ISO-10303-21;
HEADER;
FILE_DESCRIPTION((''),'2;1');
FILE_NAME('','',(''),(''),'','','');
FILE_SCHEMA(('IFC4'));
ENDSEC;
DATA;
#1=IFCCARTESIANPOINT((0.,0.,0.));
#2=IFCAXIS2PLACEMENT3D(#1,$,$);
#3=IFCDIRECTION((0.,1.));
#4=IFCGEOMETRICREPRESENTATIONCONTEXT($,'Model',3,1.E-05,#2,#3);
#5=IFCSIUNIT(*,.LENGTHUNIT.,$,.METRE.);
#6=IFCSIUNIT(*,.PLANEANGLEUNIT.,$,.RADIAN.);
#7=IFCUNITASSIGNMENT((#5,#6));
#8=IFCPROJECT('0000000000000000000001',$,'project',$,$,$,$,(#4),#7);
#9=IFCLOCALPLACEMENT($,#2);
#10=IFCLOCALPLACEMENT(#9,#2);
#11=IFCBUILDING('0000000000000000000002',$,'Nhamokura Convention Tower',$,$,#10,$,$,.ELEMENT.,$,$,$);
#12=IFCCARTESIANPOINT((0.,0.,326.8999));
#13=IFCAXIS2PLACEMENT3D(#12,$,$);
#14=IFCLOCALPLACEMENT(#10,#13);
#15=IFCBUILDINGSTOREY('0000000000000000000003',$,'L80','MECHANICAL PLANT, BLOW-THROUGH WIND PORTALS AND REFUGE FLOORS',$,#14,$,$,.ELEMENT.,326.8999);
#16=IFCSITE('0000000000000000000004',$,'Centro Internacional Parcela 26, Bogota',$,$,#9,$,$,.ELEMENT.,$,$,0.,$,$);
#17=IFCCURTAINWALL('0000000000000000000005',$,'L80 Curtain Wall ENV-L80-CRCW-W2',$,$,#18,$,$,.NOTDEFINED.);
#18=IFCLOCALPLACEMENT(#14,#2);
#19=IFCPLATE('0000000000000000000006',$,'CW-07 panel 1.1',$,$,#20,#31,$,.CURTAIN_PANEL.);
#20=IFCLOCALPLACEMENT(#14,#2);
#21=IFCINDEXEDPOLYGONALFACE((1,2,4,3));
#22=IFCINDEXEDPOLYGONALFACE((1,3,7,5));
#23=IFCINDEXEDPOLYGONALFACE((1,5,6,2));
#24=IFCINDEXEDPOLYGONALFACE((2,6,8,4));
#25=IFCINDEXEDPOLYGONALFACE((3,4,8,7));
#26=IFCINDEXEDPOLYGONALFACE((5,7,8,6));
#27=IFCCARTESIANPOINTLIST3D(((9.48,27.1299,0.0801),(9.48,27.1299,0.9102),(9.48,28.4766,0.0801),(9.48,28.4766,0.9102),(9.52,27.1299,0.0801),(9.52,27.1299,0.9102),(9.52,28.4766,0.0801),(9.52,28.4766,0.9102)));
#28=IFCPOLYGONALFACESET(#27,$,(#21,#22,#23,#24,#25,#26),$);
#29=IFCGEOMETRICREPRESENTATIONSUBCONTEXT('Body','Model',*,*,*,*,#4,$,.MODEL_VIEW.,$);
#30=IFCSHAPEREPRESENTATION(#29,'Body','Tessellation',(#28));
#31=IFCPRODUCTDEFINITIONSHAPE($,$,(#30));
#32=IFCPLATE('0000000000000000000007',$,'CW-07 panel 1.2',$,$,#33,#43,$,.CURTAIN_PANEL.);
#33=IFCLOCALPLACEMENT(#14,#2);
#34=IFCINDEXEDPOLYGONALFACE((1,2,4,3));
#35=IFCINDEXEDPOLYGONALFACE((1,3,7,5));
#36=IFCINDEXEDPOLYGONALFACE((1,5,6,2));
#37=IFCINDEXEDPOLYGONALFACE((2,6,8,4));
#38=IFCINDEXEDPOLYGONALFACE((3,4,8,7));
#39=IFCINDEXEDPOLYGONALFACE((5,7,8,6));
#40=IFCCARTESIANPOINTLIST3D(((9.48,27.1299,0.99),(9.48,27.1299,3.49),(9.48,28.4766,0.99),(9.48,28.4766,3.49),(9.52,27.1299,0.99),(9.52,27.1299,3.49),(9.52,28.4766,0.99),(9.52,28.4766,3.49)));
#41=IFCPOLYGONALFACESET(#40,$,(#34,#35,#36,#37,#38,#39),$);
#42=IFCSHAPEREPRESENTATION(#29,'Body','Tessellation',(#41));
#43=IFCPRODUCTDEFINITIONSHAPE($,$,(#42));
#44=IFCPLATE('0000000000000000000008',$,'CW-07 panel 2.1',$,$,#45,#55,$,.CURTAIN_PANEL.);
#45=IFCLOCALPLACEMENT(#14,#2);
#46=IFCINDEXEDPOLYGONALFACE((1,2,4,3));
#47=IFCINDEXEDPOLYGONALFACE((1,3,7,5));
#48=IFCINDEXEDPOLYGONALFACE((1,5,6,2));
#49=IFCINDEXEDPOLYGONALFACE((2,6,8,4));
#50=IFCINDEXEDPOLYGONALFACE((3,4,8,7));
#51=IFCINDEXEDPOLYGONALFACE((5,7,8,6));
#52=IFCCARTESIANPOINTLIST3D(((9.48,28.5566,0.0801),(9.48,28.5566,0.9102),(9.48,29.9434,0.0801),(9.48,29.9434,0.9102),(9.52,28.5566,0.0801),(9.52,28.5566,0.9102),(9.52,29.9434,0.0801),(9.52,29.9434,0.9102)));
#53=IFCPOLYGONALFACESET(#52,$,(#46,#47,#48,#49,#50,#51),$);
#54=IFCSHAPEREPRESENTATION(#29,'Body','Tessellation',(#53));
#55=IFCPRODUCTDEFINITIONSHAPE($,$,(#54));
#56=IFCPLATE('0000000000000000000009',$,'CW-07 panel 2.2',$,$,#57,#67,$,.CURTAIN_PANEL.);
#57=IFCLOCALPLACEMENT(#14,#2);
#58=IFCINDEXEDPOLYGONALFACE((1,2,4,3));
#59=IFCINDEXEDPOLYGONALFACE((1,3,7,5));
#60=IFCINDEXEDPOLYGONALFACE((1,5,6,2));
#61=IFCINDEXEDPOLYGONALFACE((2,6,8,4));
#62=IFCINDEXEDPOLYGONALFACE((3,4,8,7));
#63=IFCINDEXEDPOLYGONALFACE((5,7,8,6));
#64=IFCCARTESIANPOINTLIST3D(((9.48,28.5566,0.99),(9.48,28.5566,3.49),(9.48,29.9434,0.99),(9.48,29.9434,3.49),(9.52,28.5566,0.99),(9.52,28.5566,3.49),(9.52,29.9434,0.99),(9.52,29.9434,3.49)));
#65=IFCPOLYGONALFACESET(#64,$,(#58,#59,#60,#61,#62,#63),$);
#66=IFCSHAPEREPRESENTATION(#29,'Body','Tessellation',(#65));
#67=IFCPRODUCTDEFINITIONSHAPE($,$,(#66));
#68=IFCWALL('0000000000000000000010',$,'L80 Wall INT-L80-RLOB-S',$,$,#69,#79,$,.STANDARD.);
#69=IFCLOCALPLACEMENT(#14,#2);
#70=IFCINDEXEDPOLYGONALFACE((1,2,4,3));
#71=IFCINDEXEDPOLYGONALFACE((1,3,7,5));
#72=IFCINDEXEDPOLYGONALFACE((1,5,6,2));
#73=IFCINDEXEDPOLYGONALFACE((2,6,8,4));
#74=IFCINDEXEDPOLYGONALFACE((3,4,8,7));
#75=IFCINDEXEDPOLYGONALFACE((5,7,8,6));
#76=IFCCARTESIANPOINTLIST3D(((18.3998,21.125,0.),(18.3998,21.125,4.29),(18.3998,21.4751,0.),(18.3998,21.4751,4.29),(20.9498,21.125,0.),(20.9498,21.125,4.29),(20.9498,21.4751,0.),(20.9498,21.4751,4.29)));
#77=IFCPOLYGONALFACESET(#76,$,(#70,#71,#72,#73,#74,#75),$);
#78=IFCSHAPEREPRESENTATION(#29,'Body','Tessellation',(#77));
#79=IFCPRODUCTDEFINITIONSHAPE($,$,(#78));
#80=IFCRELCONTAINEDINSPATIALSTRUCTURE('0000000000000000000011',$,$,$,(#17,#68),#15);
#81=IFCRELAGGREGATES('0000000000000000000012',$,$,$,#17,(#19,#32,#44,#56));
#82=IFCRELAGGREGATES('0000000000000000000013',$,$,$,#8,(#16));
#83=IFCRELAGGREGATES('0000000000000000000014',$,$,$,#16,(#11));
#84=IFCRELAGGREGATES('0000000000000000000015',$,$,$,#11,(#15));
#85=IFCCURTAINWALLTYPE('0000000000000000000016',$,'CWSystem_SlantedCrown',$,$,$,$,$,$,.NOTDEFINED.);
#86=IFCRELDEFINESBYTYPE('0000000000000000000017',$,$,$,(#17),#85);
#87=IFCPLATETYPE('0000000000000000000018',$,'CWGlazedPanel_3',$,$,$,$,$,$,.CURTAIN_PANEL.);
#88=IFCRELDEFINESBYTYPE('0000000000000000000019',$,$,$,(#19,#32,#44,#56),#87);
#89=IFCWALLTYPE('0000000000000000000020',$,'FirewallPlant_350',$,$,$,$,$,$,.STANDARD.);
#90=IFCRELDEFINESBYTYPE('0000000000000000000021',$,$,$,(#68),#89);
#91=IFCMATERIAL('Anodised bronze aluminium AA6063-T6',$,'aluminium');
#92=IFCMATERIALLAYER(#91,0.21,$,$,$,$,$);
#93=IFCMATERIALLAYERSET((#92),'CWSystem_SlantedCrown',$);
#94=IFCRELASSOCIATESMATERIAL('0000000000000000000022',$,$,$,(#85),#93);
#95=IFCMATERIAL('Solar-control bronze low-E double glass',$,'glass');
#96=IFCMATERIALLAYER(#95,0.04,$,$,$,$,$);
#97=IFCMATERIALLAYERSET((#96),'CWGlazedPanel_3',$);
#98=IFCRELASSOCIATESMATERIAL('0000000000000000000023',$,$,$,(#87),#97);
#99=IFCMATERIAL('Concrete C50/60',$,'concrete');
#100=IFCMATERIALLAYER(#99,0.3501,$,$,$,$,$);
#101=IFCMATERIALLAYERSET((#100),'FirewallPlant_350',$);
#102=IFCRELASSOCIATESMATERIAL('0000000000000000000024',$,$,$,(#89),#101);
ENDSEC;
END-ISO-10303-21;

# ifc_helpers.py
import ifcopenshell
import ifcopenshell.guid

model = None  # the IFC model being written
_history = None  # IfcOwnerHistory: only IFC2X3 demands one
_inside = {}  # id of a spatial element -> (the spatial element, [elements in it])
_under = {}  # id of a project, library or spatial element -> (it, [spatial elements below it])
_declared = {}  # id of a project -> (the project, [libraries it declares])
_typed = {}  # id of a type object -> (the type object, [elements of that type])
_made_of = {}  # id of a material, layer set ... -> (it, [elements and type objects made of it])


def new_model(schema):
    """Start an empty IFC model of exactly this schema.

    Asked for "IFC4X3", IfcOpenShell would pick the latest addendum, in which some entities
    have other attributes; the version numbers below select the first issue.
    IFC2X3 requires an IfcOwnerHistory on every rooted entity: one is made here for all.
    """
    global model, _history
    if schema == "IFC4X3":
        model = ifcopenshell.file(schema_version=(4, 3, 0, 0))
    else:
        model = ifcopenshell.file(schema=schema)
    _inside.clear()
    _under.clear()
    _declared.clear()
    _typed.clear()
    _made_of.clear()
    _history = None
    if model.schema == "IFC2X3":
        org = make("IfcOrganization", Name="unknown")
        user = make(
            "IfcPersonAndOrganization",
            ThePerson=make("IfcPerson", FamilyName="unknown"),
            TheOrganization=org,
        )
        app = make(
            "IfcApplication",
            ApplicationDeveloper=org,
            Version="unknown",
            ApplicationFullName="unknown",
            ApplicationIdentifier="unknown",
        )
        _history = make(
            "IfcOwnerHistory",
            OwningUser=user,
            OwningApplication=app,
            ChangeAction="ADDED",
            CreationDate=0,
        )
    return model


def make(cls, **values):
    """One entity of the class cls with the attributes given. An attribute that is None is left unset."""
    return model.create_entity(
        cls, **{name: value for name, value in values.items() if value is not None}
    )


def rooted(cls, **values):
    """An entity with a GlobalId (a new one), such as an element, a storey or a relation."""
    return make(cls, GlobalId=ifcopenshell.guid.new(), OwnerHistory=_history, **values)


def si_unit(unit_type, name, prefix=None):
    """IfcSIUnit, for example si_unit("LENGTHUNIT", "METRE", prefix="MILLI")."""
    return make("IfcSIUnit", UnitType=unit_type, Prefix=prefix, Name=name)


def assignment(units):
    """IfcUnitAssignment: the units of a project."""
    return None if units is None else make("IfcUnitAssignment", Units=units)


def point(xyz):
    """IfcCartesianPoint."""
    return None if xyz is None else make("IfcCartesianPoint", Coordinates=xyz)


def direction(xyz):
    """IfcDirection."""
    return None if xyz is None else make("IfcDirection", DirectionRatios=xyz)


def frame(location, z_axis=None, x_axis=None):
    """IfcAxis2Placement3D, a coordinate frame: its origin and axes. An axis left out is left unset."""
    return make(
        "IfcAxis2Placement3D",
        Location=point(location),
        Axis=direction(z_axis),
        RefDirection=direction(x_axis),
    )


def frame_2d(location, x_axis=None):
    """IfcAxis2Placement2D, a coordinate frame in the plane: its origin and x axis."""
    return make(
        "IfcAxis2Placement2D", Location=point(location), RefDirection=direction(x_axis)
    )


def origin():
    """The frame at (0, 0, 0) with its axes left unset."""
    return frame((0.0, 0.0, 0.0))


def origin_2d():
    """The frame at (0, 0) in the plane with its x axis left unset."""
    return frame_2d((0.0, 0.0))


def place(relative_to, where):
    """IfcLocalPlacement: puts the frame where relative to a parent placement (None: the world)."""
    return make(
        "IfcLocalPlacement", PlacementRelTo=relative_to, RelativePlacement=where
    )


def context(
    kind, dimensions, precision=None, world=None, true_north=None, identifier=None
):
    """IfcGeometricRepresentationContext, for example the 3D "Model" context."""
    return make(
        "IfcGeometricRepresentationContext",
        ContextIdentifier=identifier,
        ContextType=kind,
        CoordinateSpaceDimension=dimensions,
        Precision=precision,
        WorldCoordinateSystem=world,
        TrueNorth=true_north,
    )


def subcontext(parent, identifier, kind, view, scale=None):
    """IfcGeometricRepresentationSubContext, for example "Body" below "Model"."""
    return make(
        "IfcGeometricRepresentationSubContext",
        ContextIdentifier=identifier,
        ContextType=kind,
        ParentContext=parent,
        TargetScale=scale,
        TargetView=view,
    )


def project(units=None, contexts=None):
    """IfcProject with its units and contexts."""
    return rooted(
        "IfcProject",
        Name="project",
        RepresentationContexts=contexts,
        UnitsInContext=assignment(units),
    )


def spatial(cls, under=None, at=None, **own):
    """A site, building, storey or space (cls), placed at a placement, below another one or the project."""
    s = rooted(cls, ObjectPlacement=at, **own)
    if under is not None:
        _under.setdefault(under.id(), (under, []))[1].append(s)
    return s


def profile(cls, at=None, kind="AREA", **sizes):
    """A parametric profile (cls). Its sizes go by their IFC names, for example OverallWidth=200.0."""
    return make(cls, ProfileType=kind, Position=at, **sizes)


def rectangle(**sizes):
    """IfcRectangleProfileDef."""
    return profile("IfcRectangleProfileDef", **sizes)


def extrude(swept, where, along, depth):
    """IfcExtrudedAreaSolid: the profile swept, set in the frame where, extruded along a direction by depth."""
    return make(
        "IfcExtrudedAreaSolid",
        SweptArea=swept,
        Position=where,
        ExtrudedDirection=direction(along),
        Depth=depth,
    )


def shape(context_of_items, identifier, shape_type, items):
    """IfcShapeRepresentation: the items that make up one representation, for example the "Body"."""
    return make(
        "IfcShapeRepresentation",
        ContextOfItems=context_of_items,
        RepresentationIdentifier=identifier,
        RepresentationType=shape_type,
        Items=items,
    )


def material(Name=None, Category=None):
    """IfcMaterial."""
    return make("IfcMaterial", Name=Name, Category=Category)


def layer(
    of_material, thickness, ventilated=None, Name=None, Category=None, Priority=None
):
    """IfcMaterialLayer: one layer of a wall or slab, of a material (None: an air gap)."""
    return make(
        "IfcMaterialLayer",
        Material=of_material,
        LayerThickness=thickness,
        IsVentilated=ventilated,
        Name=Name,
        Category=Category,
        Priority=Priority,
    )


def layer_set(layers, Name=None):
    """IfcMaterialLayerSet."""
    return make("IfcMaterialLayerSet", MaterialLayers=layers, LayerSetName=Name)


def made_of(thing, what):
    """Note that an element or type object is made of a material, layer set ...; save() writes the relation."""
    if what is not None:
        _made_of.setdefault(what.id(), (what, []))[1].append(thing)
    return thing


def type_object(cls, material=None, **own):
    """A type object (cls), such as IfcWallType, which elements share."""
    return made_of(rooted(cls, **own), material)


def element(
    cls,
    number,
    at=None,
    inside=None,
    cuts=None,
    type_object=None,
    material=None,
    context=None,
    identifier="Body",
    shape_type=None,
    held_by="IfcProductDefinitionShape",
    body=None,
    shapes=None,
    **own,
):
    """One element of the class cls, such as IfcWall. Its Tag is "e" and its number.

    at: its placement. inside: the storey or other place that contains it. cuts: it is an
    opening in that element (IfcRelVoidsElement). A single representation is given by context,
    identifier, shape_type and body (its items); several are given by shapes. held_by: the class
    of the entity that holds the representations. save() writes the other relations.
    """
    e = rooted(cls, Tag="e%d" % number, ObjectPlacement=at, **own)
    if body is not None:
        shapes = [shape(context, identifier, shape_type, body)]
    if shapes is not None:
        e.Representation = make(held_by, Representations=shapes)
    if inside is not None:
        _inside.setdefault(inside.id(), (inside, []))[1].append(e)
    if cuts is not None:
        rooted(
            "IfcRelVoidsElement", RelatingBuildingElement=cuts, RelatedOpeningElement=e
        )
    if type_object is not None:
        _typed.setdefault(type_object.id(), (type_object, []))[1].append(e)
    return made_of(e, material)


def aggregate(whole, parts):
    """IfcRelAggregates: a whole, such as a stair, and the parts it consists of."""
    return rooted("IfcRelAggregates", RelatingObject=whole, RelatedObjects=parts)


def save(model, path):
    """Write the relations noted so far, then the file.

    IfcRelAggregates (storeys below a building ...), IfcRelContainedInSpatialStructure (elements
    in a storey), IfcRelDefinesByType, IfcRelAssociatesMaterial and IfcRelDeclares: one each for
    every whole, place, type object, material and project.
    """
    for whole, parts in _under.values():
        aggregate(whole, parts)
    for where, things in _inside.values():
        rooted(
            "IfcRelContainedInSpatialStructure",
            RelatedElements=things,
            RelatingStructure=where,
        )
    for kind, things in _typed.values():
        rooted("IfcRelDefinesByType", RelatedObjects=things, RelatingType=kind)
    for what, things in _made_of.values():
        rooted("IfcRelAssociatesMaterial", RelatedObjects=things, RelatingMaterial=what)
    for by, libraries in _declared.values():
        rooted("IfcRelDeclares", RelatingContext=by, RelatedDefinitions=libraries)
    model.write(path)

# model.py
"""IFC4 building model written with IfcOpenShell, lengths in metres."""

from ifc_helpers import new_model, si_unit, direction, frame, frame_2d, origin, origin_2d, place, context, subcontext, project, spatial, rectangle, extrude, material, layer, layer_set, type_object, element, aggregate, save


model = new_model("IFC4")

# Units and contexts
model_context = context("Model", 3, precision=1e-05, world=origin(), true_north=direction((0.0, 1.0)))
body_context = subcontext(model_context, "Body", "Model", "MODEL_VIEW")
ifc_project = project(units=[si_unit("LENGTHUNIT", "METRE"), si_unit("PLANEANGLEUNIT", "RADIAN")], contexts=[model_context])

# Site, building, storey
site_placement = place(None, origin())
site = spatial("IfcSite", under=ifc_project, at=site_placement, Name="Centro Internacional Parcela 26, Bogota", CompositionType="ELEMENT", RefElevation=0.0)
building_placement = place(site_placement, origin())
building = spatial("IfcBuilding", under=site, at=building_placement, Name="Nhamokura Convention Tower", CompositionType="ELEMENT")
storey_placement = place(building_placement, frame((0.0, 0.0, 326.8999)))
storey = spatial("IfcBuildingStorey", under=building, at=storey_placement, Name="L80", Description="MECHANICAL PLANT, BLOW-THROUGH WIND PORTALS AND REFUGE FLOORS", CompositionType="ELEMENT", Elevation=326.8999)

# Curtain wall, plates
ifc_material_1 = material(Name="Anodised bronze aluminium AA6063-T6", Category="aluminium")
ifc_layer_1 = layer(ifc_material_1, 0.21)
ifc_layer_set_1 = layer_set([ifc_layer_1], Name="CWSystem_SlantedCrown")
curtain_wall_type = type_object("IfcCurtainWallType", Name="CWSystem_SlantedCrown", PredefinedType="NOTDEFINED", material=ifc_layer_set_1)
curtain_wall_placement = place(storey_placement, origin())
curtain_wall = element("IfcCurtainWall", 1, at=curtain_wall_placement, inside=storey, type_object=curtain_wall_type, Name="L80 Curtain Wall ENV-L80-CRCW-W2", PredefinedType="NOTDEFINED")
ifc_material_2 = material(Name="Solar-control bronze low-E double glass", Category="glass")
ifc_layer_2 = layer(ifc_material_2, 0.04)
ifc_layer_set_2 = layer_set([ifc_layer_2], Name="CWGlazedPanel_3")
plate_type = type_object("IfcPlateType", Name="CWGlazedPanel_3", PredefinedType="CURTAIN_PANEL", material=ifc_layer_set_2)
plate_1_placement = place(storey_placement, frame((9.5, 27.8032, 0.0801), z_axis=(0.0, 0.0, 1.0), x_axis=(0.0, 1.0, 0.0)))
plate_1 = element("IfcPlate", 2, at=plate_1_placement, type_object=plate_type, Name="CW-07 panel 1.1", PredefinedType="CURTAIN_PANEL", context=body_context, shape_type="SweptSolid", body=[
    extrude(rectangle(XDim=1.3467, YDim=0.04, at=origin_2d()), origin(), (0.0, 0.0, 1.0), 0.8301),
])
plate_2_placement = place(storey_placement, frame((9.5, 27.8032, 0.99), z_axis=(0.0, 0.0, 1.0), x_axis=(0.0, 1.0, 0.0)))
plate_2 = element("IfcPlate", 3, at=plate_2_placement, type_object=plate_type, Name="CW-07 panel 1.2", PredefinedType="CURTAIN_PANEL", context=body_context, shape_type="SweptSolid", body=[
    extrude(rectangle(XDim=1.3467, YDim=0.04, at=origin_2d()), origin(), (0.0, 0.0, 1.0), 2.5),
])
plate_3_placement = place(storey_placement, frame((9.5, 29.25, 0.0801), z_axis=(0.0, 0.0, 1.0), x_axis=(0.0, 1.0, 0.0)))
plate_3 = element("IfcPlate", 4, at=plate_3_placement, type_object=plate_type, Name="CW-07 panel 2.1", PredefinedType="CURTAIN_PANEL", context=body_context, shape_type="SweptSolid", body=[
    extrude(rectangle(XDim=1.3867, YDim=0.04, at=origin_2d()), origin(), (0.0, 0.0, 1.0), 0.8301),
])
plate_4_placement = place(storey_placement, frame((9.5, 29.25, 0.99), z_axis=(0.0, 0.0, 1.0), x_axis=(0.0, 1.0, 0.0)))
plate_4 = element("IfcPlate", 5, at=plate_4_placement, type_object=plate_type, Name="CW-07 panel 2.2", PredefinedType="CURTAIN_PANEL", context=body_context, shape_type="SweptSolid", body=[
    extrude(rectangle(XDim=1.3867, YDim=0.04, at=origin_2d()), origin(), (0.0, 0.0, 1.0), 2.5),
])
aggregate(curtain_wall, [plate_1, plate_2, plate_3, plate_4])

# Wall
ifc_material_3 = material(Name="Concrete C50/60", Category="concrete")
ifc_layer_3 = layer(ifc_material_3, 0.3501)
ifc_layer_set_3 = layer_set([ifc_layer_3], Name="FirewallPlant_350")
wall_type = type_object("IfcWallType", Name="FirewallPlant_350", PredefinedType="STANDARD", material=ifc_layer_set_3)
wall_placement = place(storey_placement, frame((18.3999, 21.3, 0.0), z_axis=(0.0, 0.0, 1.0), x_axis=(1.0, 0.0, 0.0)))
element("IfcWall", 6, at=wall_placement, inside=storey, type_object=wall_type, Name="L80 Wall INT-L80-RLOB-S", PredefinedType="STANDARD", context=body_context, shape_type="SweptSolid", body=[
    extrude(rectangle(XDim=2.55, YDim=0.3501, at=frame_2d((1.2749, 0.0))), origin(), (0.0, 0.0, 1.0), 4.29),
])

save(model, "model.ifc")
